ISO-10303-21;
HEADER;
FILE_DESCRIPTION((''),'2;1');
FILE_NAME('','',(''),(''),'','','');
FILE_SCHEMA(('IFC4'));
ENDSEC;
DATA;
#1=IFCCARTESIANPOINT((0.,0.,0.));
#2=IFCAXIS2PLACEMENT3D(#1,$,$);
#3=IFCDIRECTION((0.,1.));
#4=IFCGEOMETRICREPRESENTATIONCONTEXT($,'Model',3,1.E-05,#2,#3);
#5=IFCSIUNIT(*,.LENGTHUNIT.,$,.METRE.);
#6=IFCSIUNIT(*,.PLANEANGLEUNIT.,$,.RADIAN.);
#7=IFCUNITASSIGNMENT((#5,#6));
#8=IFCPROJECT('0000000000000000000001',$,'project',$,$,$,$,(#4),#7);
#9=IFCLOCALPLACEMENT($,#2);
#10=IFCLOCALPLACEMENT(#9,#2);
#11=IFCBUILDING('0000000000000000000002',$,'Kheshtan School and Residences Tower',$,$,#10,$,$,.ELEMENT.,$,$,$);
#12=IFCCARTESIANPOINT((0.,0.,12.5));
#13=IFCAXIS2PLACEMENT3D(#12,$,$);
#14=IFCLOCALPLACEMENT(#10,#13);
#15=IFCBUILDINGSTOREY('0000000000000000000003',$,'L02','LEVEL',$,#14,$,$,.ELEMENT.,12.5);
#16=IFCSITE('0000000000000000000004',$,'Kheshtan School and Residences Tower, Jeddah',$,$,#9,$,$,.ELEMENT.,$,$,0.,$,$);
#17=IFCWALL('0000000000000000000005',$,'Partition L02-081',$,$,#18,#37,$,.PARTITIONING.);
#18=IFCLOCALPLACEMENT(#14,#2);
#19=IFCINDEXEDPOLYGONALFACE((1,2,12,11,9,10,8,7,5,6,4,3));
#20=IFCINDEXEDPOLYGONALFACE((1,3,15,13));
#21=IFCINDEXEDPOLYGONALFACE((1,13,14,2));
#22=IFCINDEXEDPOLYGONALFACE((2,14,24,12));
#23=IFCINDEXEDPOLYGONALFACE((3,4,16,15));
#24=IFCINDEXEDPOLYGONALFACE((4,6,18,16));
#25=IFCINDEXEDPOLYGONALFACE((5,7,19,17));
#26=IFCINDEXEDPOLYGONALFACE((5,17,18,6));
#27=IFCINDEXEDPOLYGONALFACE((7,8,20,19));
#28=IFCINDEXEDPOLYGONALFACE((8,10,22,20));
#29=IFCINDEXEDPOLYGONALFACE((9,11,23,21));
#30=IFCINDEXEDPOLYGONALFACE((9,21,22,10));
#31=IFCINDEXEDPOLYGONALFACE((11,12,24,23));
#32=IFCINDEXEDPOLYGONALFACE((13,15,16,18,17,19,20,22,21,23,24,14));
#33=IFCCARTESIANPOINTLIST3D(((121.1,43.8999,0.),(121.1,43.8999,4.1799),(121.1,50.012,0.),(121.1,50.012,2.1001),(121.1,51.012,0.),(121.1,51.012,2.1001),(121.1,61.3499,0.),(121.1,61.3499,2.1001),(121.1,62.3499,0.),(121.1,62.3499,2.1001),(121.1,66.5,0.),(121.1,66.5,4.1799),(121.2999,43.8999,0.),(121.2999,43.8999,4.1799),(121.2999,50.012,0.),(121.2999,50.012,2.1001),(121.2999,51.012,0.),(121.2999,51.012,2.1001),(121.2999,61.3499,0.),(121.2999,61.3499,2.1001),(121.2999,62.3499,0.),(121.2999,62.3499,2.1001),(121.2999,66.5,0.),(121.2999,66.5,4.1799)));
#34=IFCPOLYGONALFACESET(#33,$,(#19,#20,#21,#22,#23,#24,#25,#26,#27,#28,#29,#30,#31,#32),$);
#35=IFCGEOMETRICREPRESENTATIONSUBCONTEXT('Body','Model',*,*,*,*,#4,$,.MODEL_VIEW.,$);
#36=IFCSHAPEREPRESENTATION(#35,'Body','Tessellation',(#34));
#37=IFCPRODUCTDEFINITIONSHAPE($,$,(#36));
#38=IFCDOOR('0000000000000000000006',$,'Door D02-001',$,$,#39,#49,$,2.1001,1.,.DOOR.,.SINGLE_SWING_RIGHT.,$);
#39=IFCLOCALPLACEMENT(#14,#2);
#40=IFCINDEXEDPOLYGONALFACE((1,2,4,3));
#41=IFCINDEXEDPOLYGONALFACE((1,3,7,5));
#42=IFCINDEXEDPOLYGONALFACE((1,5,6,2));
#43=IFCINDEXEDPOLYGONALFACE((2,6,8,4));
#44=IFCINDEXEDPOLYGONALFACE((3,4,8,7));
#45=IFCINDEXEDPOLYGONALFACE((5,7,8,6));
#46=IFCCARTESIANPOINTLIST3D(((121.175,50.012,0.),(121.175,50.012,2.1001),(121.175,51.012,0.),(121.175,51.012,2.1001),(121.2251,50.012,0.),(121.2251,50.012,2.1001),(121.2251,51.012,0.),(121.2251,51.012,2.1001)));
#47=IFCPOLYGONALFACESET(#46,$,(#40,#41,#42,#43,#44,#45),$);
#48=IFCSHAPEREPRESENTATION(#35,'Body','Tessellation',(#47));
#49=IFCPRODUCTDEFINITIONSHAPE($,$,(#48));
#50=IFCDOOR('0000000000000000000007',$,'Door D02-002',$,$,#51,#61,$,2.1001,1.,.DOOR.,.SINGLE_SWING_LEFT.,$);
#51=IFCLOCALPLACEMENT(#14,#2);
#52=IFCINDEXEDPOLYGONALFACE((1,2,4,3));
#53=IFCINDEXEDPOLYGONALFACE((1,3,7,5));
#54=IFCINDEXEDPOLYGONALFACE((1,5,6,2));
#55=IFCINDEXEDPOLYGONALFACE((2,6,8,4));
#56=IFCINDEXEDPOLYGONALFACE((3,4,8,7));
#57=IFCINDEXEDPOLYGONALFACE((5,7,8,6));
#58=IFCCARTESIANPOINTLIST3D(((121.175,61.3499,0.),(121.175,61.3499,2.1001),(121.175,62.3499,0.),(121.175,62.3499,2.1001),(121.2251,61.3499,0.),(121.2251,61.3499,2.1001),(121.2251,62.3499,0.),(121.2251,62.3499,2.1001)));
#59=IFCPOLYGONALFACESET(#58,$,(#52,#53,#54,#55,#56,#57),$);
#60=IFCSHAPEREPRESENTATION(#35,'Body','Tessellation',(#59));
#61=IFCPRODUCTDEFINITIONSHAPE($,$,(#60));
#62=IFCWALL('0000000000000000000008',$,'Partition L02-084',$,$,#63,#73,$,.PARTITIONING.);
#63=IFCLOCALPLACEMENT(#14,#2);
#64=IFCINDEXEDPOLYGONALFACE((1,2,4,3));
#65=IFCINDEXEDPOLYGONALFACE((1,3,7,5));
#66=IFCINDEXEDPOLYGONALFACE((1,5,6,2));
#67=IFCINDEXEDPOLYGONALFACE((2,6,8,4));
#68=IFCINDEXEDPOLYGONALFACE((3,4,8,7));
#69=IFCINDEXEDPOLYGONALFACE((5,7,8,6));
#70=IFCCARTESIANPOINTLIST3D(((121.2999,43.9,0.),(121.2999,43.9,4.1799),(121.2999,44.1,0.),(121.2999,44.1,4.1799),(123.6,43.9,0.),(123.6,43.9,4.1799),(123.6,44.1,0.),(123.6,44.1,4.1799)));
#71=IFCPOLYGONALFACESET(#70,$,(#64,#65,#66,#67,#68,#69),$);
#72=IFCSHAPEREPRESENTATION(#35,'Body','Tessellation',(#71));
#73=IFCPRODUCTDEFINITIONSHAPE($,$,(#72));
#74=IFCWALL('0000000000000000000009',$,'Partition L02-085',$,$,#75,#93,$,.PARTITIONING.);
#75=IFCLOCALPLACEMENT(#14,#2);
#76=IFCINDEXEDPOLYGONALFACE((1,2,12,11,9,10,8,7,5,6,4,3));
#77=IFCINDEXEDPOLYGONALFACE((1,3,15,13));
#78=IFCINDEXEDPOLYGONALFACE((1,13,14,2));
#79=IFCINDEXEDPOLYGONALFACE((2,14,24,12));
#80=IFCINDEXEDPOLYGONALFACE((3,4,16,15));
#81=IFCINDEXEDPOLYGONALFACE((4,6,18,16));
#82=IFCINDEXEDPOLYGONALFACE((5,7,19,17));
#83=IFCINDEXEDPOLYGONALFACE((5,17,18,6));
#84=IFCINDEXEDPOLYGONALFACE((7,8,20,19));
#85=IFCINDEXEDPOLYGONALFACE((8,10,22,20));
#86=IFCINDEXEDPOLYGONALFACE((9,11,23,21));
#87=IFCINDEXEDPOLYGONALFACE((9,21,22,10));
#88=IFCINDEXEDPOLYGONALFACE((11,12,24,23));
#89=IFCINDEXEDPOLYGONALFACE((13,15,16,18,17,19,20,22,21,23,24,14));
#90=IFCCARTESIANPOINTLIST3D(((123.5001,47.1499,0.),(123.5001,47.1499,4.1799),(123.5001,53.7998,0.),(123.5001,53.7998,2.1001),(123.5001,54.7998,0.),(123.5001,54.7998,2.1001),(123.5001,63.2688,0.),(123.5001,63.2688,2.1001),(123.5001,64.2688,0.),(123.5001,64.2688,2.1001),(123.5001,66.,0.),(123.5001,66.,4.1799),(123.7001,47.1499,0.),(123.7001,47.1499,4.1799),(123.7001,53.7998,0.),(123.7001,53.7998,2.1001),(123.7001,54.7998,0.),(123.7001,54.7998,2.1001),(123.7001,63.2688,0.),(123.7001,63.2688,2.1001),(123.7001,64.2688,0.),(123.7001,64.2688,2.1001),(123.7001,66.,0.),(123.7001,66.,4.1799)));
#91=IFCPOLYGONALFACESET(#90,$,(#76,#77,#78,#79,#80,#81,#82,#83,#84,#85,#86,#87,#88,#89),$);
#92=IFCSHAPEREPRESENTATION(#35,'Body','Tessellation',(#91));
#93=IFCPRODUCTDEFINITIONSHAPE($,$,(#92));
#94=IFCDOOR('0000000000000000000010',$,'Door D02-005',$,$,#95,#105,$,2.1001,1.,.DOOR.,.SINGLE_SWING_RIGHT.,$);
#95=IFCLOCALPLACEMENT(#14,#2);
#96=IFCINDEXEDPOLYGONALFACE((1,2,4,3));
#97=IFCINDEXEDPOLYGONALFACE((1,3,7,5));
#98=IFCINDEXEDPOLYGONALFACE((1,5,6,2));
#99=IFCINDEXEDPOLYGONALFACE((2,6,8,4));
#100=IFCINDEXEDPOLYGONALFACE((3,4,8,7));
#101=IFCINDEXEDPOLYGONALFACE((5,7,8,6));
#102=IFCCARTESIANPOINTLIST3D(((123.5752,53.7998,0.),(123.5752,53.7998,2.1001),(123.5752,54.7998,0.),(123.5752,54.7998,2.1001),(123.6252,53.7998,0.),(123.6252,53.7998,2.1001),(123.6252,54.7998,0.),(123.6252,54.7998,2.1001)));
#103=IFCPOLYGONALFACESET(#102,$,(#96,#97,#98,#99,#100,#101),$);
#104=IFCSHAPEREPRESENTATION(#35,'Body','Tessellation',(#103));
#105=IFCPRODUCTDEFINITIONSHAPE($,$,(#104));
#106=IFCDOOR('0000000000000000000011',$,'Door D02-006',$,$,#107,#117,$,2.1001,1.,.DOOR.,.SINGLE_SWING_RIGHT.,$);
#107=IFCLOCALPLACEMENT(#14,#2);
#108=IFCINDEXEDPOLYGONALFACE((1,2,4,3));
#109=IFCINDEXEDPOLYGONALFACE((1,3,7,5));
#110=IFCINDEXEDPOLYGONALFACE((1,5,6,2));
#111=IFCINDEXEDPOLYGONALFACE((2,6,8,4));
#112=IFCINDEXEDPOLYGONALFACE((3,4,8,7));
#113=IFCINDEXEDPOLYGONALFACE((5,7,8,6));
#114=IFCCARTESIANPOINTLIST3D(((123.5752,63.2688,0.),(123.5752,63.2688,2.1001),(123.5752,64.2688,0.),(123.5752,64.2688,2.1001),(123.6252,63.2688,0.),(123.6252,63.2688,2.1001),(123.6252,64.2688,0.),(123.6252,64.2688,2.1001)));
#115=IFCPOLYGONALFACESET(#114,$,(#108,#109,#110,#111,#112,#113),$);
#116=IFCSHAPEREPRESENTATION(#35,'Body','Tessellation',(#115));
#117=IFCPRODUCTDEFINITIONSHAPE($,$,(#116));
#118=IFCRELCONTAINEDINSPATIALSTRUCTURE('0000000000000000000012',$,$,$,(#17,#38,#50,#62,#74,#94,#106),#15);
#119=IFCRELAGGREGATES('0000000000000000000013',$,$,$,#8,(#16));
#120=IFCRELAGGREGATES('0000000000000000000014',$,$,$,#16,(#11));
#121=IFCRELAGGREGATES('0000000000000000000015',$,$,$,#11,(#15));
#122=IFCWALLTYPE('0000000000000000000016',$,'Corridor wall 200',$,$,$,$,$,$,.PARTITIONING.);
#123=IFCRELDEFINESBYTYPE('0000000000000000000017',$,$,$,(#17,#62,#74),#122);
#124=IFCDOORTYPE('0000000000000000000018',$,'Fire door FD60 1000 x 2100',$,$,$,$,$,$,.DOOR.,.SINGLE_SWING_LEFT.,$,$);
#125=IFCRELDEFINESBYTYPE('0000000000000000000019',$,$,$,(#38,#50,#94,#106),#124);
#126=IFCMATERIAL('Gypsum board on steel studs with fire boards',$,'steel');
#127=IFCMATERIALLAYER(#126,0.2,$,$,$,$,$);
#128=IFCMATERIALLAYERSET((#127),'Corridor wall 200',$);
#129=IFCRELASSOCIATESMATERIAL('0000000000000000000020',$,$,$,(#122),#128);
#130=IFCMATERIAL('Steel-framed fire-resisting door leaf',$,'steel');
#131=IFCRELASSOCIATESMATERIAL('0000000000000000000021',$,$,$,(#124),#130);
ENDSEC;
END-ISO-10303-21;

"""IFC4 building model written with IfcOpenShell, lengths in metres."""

from ifc_helpers import new_model, si_unit, direction, frame, frame_2d, origin, place, context, subcontext, project, spatial, rectangle, extrude, source, transform, mapped, material, layer, layer_set, type_object, element, fill, save


model = new_model("IFC4")

# Units and contexts
model_context = context("Model", 3, precision=1e-05, world=origin(), true_north=direction((0.0, 1.0)))
body_context = subcontext(model_context, "Body", "Model", "MODEL_VIEW")
ifc_project = project(units=[si_unit("LENGTHUNIT", "METRE"), si_unit("PLANEANGLEUNIT", "RADIAN")], contexts=[model_context])

# Site, building, storey
site_placement = place(None, origin())
site = spatial("IfcSite", under=ifc_project, at=site_placement, Name="Kheshtan School and Residences Tower, Jeddah", CompositionType="ELEMENT", RefElevation=0.0)
building_placement = place(site_placement, origin())
building = spatial("IfcBuilding", under=site, at=building_placement, Name="Kheshtan School and Residences Tower", CompositionType="ELEMENT")
storey_placement = place(building_placement, frame((0.0, 0.0, 12.5)))
storey = spatial("IfcBuildingStorey", under=building, at=storey_placement, Name="L02", Description="LEVEL", CompositionType="ELEMENT", Elevation=12.5)

# Wall, openings, doors
ifc_material_1 = material(Name="Gypsum board on steel studs with fire boards", Category="steel")
ifc_layer_1 = layer(ifc_material_1, 0.2)
ifc_layer_set_1 = layer_set([ifc_layer_1], Name="Corridor wall 200")
wall_type_1 = type_object("IfcWallType", Name="Corridor wall 200", PredefinedType="PARTITIONING", material=ifc_layer_set_1)
wall_1_placement = place(storey_placement, frame((121.2, 43.8999, 0.0), z_axis=(0.0, 0.0, 1.0), x_axis=(0.0, 1.0, 0.0)))
wall_1 = element("IfcWall", 1, at=wall_1_placement, inside=storey, type_object=wall_type_1, Name="Partition L02-081", PredefinedType="PARTITIONING", context=body_context, shape_type="SweptSolid", body=[
    extrude(rectangle(XDim=22.6001, YDim=0.2, at=frame_2d((11.3, 0.0))), origin(), (0.0, 0.0, 1.0), 4.1799),
])
opening_1_placement = place(wall_1_placement, frame((6.1121, 0.0, 0.0)))
opening_1 = element("IfcOpeningElement", 2, at=opening_1_placement, cuts=wall_1, PredefinedType="OPENING", context=body_context, shape_type="SweptSolid", body=[
    extrude(rectangle(XDim=1.0, YDim=2.1001, at=frame_2d((0.5, 1.05))), frame((0.0, 0.1099, 0.0), z_axis=(0.0, -1.0, 0.0), x_axis=(1.0, 0.0, 0.0)), (0.0, 0.0, 1.0), 0.22),
])
opening_2_placement = place(wall_1_placement, frame((17.45, 0.0, 0.0)))
opening_2 = element("IfcOpeningElement", 3, at=opening_2_placement, cuts=wall_1, PredefinedType="OPENING", context=body_context, shape_type="SweptSolid", body=[
    extrude(rectangle(XDim=1.0, YDim=2.1001, at=frame_2d((0.5, 1.05))), frame((0.0, 0.1099, 0.0), z_axis=(0.0, -1.0, 0.0), x_axis=(1.0, 0.0, 0.0)), (0.0, 0.0, 1.0), 0.22),
])
ifc_material_2 = material(Name="Steel-framed fire-resisting door leaf", Category="steel")
door_type_1 = type_object("IfcDoorType", Name="Fire door FD60 1000 x 2100", OperationType="SINGLE_SWING_LEFT", PredefinedType="DOOR", material=ifc_material_2)
shared_shape_1 = source(origin(), body_context, "Body", "SweptSolid", [
    extrude(rectangle(XDim=1.0, YDim=2.1001, at=frame_2d((0.5, 1.05))), frame((0.0, 0.0249, 0.0), z_axis=(0.0, -1.0, 0.0), x_axis=(1.0, 0.0, 0.0)), (0.0, 0.0, 1.0), 0.05),
])
door_1_placement = place(opening_1_placement, origin())
door_1 = element("IfcDoor", 4, at=door_1_placement, inside=storey, type_object=door_type_1, Name="Door D02-001", OperationType="SINGLE_SWING_RIGHT", OverallHeight=2.1001, OverallWidth=1.0, PredefinedType="DOOR", context=body_context, shape_type="MappedRepresentation", body=[
    mapped(shared_shape_1, transform((0.0, 0.0, 0.0), x_axis=(1.0, 0.0, 0.0), y_axis=(0.0, 1.0, 0.0), z_axis=(0.0, 0.0, 1.0), scale=1.0)),
])
fill(opening_1, door_1)
door_2_placement = place(opening_2_placement, origin())
door_2 = element("IfcDoor", 5, at=door_2_placement, inside=storey, type_object=door_type_1, Name="Door D02-002", OperationType="SINGLE_SWING_LEFT", OverallHeight=2.1001, OverallWidth=1.0, PredefinedType="DOOR", context=body_context, shape_type="MappedRepresentation", body=[
    mapped(shared_shape_1, transform((0.0, 0.0, 0.0), x_axis=(1.0, 0.0, 0.0), y_axis=(0.0, 1.0, 0.0), z_axis=(0.0, 0.0, 1.0), scale=1.0)),
])
fill(opening_2, door_2)

# Wall
wall_2_placement = place(storey_placement, frame((121.3, 44.0, 0.0), z_axis=(0.0, 0.0, 1.0), x_axis=(1.0, 0.0, 0.0)))
element("IfcWall", 6, at=wall_2_placement, inside=storey, type_object=wall_type_1, Name="Partition L02-084", PredefinedType="PARTITIONING", context=body_context, shape_type="SweptSolid", body=[
    extrude(rectangle(XDim=2.3, YDim=0.2, at=frame_2d((1.1499, 0.0))), origin(), (0.0, 0.0, 1.0), 4.1799),
])

# Wall, openings, doors
wall_3_placement = place(storey_placement, frame((123.6001, 47.1499, 0.0), z_axis=(0.0, 0.0, 1.0), x_axis=(0.0, 1.0, 0.0)))
wall_3 = element("IfcWall", 7, at=wall_3_placement, inside=storey, type_object=wall_type_1, Name="Partition L02-085", PredefinedType="PARTITIONING", context=body_context, shape_type="SweptSolid", body=[
    extrude(rectangle(XDim=18.8501, YDim=0.2, at=frame_2d((9.425, 0.0))), origin(), (0.0, 0.0, 1.0), 4.1799),
])
opening_3_placement = place(wall_3_placement, frame((6.6499, 0.0, 0.0)))
opening_3 = element("IfcOpeningElement", 8, at=opening_3_placement, cuts=wall_3, PredefinedType="OPENING", context=body_context, shape_type="SweptSolid", body=[
    extrude(rectangle(XDim=1.0, YDim=2.1001, at=frame_2d((0.5, 1.05))), frame((0.0, 0.1099, 0.0), z_axis=(0.0, -1.0, 0.0), x_axis=(1.0, 0.0, 0.0)), (0.0, 0.0, 1.0), 0.22),
])
opening_4_placement = place(wall_3_placement, frame((16.1189, 0.0, 0.0)))
opening_4 = element("IfcOpeningElement", 9, at=opening_4_placement, cuts=wall_3, PredefinedType="OPENING", context=body_context, shape_type="SweptSolid", body=[
    extrude(rectangle(XDim=1.0, YDim=2.1001, at=frame_2d((0.5, 1.05))), frame((0.0, 0.1099, 0.0), z_axis=(0.0, -1.0, 0.0), x_axis=(1.0, 0.0, 0.0)), (0.0, 0.0, 1.0), 0.22),
])
door_3_placement = place(opening_3_placement, origin())
door_3 = element("IfcDoor", 10, at=door_3_placement, inside=storey, type_object=door_type_1, Name="Door D02-005", OperationType="SINGLE_SWING_RIGHT", OverallHeight=2.1001, OverallWidth=1.0, PredefinedType="DOOR", context=body_context, shape_type="MappedRepresentation", body=[
    mapped(shared_shape_1, transform((0.0, 0.0, 0.0), x_axis=(1.0, 0.0, 0.0), y_axis=(0.0, 1.0, 0.0), z_axis=(0.0, 0.0, 1.0), scale=1.0)),
])
fill(opening_3, door_3)
door_4_placement = place(opening_4_placement, origin())
door_4 = element("IfcDoor", 11, at=door_4_placement, inside=storey, type_object=door_type_1, Name="Door D02-006", OperationType="SINGLE_SWING_RIGHT", OverallHeight=2.1001, OverallWidth=1.0, PredefinedType="DOOR", context=body_context, shape_type="MappedRepresentation", body=[
    mapped(shared_shape_1, transform((0.0, 0.0, 0.0), x_axis=(1.0, 0.0, 0.0), y_axis=(0.0, 1.0, 0.0), z_axis=(0.0, 0.0, 1.0), scale=1.0)),
])
fill(opening_4, door_4)

save(model, "model.ifc")
